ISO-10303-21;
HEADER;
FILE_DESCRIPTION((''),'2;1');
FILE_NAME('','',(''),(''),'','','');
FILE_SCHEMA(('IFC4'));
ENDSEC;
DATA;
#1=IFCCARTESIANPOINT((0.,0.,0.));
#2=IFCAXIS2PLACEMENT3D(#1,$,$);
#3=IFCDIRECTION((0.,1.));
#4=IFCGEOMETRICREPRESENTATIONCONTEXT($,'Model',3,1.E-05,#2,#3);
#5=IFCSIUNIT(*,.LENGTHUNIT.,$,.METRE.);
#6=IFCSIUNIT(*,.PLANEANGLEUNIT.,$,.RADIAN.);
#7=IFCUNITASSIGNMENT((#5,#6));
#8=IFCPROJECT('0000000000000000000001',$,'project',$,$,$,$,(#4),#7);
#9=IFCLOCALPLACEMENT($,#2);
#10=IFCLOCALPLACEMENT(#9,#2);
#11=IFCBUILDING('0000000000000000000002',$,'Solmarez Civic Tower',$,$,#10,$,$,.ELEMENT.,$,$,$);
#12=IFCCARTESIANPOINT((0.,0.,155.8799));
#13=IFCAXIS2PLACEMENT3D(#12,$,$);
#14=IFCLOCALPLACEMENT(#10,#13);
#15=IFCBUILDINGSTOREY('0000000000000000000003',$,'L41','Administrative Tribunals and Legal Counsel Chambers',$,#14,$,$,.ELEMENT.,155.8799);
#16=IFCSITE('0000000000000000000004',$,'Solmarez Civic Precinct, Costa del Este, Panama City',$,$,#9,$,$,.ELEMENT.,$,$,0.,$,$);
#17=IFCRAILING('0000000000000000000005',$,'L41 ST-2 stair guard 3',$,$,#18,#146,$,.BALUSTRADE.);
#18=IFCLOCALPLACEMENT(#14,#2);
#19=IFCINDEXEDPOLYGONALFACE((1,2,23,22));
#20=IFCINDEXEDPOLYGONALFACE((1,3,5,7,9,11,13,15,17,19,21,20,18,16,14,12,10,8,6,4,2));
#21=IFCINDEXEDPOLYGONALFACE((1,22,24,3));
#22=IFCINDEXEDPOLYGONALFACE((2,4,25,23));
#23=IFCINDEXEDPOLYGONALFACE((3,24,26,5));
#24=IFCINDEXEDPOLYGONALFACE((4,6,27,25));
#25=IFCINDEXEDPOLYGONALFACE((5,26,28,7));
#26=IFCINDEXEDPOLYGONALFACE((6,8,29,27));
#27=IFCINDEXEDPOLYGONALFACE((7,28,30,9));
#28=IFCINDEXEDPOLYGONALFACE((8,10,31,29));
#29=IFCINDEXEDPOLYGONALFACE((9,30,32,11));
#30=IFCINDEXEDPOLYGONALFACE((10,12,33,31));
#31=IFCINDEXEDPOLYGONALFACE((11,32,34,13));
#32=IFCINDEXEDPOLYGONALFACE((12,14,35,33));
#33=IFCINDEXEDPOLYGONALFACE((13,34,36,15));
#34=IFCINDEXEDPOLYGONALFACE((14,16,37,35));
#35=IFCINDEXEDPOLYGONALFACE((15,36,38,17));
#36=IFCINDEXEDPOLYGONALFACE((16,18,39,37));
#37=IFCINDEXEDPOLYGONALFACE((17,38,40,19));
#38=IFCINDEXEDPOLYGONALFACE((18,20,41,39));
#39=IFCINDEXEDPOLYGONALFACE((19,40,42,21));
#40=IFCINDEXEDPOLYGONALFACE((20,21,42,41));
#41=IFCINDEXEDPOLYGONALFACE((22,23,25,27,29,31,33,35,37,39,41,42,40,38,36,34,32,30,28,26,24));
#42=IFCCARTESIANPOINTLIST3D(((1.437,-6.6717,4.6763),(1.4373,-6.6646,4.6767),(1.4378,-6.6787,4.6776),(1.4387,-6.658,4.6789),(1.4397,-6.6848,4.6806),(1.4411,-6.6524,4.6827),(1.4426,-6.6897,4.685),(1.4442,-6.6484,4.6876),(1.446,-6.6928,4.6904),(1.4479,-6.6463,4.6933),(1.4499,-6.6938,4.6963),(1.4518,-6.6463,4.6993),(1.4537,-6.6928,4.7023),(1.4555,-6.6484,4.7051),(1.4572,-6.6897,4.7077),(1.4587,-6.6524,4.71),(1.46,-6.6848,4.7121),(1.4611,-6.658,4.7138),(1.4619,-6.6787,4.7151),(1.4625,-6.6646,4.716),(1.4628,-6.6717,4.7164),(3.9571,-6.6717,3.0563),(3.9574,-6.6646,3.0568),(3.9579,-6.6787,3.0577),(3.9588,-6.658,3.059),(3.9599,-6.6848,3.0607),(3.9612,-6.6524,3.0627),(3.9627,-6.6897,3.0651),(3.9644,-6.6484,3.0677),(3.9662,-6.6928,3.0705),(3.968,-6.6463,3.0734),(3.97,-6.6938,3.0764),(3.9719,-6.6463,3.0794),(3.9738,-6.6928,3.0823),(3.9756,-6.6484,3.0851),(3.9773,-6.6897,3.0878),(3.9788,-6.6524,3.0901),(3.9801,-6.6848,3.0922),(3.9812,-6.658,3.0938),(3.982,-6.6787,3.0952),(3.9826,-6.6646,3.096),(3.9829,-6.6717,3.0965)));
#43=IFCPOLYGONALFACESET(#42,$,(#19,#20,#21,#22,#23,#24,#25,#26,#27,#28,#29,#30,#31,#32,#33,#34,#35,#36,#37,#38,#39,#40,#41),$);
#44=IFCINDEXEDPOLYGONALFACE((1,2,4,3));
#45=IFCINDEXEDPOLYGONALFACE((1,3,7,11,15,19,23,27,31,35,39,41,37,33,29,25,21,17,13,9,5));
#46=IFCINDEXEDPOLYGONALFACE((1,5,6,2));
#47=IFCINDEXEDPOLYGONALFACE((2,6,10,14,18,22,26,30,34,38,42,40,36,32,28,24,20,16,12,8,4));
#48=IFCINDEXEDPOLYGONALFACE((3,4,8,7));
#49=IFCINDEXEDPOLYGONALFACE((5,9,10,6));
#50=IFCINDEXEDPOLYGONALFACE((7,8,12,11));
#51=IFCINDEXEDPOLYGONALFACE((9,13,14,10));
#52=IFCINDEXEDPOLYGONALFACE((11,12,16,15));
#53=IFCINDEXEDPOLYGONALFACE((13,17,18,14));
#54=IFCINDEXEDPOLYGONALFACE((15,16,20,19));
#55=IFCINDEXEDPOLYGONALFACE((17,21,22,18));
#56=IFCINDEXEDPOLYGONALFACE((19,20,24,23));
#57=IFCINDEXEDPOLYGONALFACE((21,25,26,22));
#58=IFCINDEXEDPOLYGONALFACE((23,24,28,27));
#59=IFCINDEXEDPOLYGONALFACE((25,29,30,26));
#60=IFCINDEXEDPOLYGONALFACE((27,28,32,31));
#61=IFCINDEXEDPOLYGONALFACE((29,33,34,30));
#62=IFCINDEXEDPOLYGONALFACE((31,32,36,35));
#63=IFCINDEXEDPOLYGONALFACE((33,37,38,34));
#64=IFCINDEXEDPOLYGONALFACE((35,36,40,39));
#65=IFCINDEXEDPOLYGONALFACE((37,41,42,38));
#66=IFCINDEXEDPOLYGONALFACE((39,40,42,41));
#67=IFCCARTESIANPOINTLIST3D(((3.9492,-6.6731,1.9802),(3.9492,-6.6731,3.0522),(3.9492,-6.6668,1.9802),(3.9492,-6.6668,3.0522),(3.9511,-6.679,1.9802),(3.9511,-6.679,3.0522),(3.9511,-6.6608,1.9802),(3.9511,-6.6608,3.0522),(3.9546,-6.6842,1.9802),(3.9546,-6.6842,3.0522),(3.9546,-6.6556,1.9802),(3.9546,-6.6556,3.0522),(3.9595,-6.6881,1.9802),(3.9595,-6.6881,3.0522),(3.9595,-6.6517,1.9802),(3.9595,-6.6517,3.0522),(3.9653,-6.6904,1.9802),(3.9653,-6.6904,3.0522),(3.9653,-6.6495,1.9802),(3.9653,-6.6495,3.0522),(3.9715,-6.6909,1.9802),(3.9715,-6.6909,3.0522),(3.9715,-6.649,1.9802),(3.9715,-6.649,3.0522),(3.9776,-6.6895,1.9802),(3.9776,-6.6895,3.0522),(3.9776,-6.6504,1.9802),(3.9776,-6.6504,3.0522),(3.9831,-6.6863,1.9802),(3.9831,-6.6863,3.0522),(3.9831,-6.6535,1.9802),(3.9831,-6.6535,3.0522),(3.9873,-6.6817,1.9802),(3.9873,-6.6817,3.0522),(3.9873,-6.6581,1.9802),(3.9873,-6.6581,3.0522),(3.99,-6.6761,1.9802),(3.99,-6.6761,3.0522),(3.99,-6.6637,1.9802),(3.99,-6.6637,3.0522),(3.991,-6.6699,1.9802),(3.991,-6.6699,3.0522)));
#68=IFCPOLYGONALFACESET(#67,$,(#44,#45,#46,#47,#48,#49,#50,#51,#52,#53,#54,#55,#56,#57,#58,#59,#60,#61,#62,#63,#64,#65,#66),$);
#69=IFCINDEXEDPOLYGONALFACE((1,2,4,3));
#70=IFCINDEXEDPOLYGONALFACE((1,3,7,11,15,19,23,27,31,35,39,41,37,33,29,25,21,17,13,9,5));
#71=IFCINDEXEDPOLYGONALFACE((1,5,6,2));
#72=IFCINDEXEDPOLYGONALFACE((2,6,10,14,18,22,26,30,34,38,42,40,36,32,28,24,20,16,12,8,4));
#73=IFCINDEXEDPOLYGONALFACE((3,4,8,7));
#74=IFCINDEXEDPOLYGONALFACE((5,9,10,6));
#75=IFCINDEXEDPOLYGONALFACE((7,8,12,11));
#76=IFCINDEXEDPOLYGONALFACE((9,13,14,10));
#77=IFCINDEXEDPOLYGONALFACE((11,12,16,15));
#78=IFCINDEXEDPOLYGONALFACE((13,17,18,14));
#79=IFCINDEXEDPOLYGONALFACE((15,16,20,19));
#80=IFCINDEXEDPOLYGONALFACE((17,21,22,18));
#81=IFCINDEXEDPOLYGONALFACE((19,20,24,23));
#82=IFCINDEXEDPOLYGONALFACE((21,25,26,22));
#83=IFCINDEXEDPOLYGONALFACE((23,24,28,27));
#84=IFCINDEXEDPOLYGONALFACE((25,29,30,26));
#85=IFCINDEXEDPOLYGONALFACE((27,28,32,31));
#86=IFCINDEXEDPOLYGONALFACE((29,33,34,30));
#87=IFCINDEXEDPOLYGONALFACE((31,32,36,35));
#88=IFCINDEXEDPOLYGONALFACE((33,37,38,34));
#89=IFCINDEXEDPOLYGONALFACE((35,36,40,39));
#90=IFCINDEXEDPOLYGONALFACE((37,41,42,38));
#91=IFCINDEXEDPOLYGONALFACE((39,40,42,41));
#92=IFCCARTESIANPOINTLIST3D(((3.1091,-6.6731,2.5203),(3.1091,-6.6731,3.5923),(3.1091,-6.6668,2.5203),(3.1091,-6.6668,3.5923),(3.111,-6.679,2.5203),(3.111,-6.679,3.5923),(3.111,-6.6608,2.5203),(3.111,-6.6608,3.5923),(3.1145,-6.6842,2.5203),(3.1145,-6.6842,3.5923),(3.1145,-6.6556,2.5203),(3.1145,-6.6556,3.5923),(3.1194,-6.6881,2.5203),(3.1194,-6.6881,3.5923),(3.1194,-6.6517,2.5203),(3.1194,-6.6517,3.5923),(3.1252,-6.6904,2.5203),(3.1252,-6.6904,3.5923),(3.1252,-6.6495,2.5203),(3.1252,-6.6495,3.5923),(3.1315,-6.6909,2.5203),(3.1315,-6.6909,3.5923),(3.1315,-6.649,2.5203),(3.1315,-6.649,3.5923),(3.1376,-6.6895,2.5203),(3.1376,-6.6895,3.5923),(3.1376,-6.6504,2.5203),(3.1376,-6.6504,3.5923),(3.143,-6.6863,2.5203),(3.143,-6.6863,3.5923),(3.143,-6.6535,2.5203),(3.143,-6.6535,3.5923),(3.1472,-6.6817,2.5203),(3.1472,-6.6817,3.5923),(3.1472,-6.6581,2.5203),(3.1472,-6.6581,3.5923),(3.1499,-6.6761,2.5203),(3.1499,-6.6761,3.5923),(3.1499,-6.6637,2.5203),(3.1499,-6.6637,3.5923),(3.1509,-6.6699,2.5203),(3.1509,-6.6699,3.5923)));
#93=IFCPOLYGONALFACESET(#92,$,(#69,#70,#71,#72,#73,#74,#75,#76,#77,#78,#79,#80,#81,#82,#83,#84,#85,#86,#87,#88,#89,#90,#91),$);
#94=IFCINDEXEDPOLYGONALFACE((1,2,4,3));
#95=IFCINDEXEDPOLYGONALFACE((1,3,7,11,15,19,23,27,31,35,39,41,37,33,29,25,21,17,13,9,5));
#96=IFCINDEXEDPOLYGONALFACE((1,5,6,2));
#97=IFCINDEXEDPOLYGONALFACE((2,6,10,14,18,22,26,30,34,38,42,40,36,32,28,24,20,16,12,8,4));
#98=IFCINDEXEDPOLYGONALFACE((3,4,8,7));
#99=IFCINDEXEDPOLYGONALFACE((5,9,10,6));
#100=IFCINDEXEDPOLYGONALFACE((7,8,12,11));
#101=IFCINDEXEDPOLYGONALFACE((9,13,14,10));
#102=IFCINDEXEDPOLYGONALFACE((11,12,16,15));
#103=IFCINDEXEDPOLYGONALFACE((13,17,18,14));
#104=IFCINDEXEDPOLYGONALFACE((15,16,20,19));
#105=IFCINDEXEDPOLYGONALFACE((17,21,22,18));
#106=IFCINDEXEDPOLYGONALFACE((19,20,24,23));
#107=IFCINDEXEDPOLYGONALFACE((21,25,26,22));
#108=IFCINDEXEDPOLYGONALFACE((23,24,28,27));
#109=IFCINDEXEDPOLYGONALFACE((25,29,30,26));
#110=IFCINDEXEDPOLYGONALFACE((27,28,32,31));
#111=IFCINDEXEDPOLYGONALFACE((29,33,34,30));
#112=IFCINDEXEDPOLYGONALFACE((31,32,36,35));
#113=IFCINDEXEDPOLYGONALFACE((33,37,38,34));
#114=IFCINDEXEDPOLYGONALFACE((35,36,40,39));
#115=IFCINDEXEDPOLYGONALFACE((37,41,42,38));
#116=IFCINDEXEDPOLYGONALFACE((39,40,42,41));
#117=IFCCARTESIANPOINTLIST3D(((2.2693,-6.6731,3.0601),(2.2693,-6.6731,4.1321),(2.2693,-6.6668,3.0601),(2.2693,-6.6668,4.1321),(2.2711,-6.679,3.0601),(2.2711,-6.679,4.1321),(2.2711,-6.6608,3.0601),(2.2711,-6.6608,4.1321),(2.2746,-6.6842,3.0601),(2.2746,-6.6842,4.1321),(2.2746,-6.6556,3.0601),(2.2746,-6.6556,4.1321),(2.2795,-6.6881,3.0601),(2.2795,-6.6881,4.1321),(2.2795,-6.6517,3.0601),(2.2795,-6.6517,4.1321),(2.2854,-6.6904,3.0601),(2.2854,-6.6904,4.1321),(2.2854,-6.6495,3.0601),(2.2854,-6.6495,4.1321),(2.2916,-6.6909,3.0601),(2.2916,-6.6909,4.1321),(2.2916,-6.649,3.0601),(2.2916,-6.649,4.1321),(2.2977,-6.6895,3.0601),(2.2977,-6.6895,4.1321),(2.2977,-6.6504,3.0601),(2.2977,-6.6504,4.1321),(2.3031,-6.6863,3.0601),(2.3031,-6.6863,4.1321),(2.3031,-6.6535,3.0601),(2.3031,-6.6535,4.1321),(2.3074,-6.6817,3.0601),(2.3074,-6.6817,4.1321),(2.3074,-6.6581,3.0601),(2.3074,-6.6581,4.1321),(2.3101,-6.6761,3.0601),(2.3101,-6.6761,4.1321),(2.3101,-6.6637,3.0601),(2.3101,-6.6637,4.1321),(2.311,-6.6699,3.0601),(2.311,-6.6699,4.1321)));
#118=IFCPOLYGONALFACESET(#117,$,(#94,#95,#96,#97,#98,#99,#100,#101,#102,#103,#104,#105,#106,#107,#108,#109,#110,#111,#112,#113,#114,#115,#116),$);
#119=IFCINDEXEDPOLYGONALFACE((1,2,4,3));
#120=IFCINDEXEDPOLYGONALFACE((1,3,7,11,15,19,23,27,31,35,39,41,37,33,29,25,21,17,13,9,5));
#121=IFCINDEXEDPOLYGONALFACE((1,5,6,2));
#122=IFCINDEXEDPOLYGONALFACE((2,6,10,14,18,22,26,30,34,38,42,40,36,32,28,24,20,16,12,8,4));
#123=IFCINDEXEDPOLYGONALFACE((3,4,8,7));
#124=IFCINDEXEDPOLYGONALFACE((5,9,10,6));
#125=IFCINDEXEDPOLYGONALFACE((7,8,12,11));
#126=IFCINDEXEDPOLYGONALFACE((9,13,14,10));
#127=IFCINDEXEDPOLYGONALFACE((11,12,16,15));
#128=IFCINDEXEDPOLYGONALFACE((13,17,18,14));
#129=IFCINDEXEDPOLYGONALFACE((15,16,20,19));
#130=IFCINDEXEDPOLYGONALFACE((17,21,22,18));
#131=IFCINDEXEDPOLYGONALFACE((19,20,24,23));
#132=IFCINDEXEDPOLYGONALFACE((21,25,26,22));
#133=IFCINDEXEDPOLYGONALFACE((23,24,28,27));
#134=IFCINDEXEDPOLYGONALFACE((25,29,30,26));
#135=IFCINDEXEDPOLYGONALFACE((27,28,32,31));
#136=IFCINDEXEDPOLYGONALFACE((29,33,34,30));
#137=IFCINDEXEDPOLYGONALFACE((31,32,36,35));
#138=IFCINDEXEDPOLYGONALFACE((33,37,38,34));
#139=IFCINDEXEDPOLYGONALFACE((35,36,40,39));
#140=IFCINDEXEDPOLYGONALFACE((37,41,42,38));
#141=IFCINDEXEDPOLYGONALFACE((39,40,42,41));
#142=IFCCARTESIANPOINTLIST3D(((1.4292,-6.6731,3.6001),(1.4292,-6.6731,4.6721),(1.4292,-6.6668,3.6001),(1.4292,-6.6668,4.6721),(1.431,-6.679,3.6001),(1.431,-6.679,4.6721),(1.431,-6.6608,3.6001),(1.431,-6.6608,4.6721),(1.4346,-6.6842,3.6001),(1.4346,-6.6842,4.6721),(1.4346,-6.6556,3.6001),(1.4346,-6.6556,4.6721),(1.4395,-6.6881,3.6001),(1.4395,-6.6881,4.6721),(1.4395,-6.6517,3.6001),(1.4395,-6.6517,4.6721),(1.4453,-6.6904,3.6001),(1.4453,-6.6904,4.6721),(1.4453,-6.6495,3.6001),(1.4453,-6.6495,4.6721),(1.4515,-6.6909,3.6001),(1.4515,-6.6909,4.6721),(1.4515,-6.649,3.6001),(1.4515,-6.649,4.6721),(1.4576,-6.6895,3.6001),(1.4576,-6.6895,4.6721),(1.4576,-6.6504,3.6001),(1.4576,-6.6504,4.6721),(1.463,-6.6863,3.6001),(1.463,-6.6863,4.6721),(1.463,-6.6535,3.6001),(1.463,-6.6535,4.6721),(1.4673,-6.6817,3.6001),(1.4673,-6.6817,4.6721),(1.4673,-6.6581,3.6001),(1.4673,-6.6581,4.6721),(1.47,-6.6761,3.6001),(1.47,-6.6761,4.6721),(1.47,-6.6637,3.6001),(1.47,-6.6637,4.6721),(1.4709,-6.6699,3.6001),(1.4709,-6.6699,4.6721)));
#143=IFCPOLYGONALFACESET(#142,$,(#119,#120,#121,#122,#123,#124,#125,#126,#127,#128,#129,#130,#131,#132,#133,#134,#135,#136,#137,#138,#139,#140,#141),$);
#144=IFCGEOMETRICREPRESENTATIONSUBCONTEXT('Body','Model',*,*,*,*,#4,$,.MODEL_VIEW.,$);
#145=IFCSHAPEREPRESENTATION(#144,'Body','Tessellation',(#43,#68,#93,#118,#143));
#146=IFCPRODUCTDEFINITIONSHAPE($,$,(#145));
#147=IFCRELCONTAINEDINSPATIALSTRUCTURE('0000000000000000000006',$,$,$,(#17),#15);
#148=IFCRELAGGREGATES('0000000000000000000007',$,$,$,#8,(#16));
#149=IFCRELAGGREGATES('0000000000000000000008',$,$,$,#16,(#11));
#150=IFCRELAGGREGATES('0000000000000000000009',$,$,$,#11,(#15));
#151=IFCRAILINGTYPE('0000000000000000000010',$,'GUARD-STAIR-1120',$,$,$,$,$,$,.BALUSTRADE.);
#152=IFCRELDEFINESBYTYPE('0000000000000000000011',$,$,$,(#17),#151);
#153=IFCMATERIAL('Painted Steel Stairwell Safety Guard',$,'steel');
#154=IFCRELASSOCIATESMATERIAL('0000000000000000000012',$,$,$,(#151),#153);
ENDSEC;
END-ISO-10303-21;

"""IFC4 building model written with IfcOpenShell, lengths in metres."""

from ifc_helpers import new_model, si_unit, direction, frame, origin, origin_2d, place, context, subcontext, project, spatial, circle, extrude, material, type_object, element, save


model = new_model("IFC4")

# Units and contexts
model_context = context("Model", 3, precision=1e-05, world=origin(), true_north=direction((0.0, 1.0)))
body_context = subcontext(model_context, "Body", "Model", "MODEL_VIEW")
ifc_project = project(units=[si_unit("LENGTHUNIT", "METRE"), si_unit("PLANEANGLEUNIT", "RADIAN")], contexts=[model_context])

# Site, building, storey
site_placement = place(None, origin())
site = spatial("IfcSite", under=ifc_project, at=site_placement, Name="Solmarez Civic Precinct, Costa del Este, Panama City", CompositionType="ELEMENT", RefElevation=0.0)
building_placement = place(site_placement, origin())
building = spatial("IfcBuilding", under=site, at=building_placement, Name="Solmarez Civic Tower", CompositionType="ELEMENT")
storey_placement = place(building_placement, frame((0.0, 0.0, 155.8799)))
storey = spatial("IfcBuildingStorey", under=building, at=storey_placement, Name="L41", Description="Administrative Tribunals and Legal Counsel Chambers", CompositionType="ELEMENT", Elevation=155.8799)

# Railing
ifc_material_1 = material(Name="Painted Steel Stairwell Safety Guard", Category="steel")
railing_type_1 = type_object("IfcRailingType", Name="GUARD-STAIR-1120", PredefinedType="BALUSTRADE", material=ifc_material_1)
railing_1_placement = place(storey_placement, frame((3.97, -6.6699, 1.9802)))
element("IfcRailing", 1, at=railing_1_placement, inside=storey, type_object=railing_type_1, Name="L41 ST-2 stair guard 3", PredefinedType="BALUSTRADE", context=body_context, shape_type="SweptSolid", body=[
    extrude(circle(Radius=0.0239, at=origin_2d()), frame((0.0, 0.0, 1.0962), z_axis=(-0.8412, 0.0, 0.540725), x_axis=(0.0, -1.0, 0.0)), (0.0, 0.0, 1.0), 2.9958),
    extrude(circle(Radius=0.021, at=origin_2d()), origin(), (0.0, 0.0, 1.0), 1.072),
    extrude(circle(Radius=0.021, at=origin_2d()), frame((-0.8401, 0.0, 0.54)), (0.0, 0.0, 1.0), 1.072),
    extrude(circle(Radius=0.021, at=origin_2d()), frame((-1.6799, 0.0, 1.0798)), (0.0, 0.0, 1.0), 1.072),
    extrude(circle(Radius=0.021, at=origin_2d()), frame((-2.52, 0.0, 1.6199)), (0.0, 0.0, 1.0), 1.072),
])

save(model, "model.ifc")
